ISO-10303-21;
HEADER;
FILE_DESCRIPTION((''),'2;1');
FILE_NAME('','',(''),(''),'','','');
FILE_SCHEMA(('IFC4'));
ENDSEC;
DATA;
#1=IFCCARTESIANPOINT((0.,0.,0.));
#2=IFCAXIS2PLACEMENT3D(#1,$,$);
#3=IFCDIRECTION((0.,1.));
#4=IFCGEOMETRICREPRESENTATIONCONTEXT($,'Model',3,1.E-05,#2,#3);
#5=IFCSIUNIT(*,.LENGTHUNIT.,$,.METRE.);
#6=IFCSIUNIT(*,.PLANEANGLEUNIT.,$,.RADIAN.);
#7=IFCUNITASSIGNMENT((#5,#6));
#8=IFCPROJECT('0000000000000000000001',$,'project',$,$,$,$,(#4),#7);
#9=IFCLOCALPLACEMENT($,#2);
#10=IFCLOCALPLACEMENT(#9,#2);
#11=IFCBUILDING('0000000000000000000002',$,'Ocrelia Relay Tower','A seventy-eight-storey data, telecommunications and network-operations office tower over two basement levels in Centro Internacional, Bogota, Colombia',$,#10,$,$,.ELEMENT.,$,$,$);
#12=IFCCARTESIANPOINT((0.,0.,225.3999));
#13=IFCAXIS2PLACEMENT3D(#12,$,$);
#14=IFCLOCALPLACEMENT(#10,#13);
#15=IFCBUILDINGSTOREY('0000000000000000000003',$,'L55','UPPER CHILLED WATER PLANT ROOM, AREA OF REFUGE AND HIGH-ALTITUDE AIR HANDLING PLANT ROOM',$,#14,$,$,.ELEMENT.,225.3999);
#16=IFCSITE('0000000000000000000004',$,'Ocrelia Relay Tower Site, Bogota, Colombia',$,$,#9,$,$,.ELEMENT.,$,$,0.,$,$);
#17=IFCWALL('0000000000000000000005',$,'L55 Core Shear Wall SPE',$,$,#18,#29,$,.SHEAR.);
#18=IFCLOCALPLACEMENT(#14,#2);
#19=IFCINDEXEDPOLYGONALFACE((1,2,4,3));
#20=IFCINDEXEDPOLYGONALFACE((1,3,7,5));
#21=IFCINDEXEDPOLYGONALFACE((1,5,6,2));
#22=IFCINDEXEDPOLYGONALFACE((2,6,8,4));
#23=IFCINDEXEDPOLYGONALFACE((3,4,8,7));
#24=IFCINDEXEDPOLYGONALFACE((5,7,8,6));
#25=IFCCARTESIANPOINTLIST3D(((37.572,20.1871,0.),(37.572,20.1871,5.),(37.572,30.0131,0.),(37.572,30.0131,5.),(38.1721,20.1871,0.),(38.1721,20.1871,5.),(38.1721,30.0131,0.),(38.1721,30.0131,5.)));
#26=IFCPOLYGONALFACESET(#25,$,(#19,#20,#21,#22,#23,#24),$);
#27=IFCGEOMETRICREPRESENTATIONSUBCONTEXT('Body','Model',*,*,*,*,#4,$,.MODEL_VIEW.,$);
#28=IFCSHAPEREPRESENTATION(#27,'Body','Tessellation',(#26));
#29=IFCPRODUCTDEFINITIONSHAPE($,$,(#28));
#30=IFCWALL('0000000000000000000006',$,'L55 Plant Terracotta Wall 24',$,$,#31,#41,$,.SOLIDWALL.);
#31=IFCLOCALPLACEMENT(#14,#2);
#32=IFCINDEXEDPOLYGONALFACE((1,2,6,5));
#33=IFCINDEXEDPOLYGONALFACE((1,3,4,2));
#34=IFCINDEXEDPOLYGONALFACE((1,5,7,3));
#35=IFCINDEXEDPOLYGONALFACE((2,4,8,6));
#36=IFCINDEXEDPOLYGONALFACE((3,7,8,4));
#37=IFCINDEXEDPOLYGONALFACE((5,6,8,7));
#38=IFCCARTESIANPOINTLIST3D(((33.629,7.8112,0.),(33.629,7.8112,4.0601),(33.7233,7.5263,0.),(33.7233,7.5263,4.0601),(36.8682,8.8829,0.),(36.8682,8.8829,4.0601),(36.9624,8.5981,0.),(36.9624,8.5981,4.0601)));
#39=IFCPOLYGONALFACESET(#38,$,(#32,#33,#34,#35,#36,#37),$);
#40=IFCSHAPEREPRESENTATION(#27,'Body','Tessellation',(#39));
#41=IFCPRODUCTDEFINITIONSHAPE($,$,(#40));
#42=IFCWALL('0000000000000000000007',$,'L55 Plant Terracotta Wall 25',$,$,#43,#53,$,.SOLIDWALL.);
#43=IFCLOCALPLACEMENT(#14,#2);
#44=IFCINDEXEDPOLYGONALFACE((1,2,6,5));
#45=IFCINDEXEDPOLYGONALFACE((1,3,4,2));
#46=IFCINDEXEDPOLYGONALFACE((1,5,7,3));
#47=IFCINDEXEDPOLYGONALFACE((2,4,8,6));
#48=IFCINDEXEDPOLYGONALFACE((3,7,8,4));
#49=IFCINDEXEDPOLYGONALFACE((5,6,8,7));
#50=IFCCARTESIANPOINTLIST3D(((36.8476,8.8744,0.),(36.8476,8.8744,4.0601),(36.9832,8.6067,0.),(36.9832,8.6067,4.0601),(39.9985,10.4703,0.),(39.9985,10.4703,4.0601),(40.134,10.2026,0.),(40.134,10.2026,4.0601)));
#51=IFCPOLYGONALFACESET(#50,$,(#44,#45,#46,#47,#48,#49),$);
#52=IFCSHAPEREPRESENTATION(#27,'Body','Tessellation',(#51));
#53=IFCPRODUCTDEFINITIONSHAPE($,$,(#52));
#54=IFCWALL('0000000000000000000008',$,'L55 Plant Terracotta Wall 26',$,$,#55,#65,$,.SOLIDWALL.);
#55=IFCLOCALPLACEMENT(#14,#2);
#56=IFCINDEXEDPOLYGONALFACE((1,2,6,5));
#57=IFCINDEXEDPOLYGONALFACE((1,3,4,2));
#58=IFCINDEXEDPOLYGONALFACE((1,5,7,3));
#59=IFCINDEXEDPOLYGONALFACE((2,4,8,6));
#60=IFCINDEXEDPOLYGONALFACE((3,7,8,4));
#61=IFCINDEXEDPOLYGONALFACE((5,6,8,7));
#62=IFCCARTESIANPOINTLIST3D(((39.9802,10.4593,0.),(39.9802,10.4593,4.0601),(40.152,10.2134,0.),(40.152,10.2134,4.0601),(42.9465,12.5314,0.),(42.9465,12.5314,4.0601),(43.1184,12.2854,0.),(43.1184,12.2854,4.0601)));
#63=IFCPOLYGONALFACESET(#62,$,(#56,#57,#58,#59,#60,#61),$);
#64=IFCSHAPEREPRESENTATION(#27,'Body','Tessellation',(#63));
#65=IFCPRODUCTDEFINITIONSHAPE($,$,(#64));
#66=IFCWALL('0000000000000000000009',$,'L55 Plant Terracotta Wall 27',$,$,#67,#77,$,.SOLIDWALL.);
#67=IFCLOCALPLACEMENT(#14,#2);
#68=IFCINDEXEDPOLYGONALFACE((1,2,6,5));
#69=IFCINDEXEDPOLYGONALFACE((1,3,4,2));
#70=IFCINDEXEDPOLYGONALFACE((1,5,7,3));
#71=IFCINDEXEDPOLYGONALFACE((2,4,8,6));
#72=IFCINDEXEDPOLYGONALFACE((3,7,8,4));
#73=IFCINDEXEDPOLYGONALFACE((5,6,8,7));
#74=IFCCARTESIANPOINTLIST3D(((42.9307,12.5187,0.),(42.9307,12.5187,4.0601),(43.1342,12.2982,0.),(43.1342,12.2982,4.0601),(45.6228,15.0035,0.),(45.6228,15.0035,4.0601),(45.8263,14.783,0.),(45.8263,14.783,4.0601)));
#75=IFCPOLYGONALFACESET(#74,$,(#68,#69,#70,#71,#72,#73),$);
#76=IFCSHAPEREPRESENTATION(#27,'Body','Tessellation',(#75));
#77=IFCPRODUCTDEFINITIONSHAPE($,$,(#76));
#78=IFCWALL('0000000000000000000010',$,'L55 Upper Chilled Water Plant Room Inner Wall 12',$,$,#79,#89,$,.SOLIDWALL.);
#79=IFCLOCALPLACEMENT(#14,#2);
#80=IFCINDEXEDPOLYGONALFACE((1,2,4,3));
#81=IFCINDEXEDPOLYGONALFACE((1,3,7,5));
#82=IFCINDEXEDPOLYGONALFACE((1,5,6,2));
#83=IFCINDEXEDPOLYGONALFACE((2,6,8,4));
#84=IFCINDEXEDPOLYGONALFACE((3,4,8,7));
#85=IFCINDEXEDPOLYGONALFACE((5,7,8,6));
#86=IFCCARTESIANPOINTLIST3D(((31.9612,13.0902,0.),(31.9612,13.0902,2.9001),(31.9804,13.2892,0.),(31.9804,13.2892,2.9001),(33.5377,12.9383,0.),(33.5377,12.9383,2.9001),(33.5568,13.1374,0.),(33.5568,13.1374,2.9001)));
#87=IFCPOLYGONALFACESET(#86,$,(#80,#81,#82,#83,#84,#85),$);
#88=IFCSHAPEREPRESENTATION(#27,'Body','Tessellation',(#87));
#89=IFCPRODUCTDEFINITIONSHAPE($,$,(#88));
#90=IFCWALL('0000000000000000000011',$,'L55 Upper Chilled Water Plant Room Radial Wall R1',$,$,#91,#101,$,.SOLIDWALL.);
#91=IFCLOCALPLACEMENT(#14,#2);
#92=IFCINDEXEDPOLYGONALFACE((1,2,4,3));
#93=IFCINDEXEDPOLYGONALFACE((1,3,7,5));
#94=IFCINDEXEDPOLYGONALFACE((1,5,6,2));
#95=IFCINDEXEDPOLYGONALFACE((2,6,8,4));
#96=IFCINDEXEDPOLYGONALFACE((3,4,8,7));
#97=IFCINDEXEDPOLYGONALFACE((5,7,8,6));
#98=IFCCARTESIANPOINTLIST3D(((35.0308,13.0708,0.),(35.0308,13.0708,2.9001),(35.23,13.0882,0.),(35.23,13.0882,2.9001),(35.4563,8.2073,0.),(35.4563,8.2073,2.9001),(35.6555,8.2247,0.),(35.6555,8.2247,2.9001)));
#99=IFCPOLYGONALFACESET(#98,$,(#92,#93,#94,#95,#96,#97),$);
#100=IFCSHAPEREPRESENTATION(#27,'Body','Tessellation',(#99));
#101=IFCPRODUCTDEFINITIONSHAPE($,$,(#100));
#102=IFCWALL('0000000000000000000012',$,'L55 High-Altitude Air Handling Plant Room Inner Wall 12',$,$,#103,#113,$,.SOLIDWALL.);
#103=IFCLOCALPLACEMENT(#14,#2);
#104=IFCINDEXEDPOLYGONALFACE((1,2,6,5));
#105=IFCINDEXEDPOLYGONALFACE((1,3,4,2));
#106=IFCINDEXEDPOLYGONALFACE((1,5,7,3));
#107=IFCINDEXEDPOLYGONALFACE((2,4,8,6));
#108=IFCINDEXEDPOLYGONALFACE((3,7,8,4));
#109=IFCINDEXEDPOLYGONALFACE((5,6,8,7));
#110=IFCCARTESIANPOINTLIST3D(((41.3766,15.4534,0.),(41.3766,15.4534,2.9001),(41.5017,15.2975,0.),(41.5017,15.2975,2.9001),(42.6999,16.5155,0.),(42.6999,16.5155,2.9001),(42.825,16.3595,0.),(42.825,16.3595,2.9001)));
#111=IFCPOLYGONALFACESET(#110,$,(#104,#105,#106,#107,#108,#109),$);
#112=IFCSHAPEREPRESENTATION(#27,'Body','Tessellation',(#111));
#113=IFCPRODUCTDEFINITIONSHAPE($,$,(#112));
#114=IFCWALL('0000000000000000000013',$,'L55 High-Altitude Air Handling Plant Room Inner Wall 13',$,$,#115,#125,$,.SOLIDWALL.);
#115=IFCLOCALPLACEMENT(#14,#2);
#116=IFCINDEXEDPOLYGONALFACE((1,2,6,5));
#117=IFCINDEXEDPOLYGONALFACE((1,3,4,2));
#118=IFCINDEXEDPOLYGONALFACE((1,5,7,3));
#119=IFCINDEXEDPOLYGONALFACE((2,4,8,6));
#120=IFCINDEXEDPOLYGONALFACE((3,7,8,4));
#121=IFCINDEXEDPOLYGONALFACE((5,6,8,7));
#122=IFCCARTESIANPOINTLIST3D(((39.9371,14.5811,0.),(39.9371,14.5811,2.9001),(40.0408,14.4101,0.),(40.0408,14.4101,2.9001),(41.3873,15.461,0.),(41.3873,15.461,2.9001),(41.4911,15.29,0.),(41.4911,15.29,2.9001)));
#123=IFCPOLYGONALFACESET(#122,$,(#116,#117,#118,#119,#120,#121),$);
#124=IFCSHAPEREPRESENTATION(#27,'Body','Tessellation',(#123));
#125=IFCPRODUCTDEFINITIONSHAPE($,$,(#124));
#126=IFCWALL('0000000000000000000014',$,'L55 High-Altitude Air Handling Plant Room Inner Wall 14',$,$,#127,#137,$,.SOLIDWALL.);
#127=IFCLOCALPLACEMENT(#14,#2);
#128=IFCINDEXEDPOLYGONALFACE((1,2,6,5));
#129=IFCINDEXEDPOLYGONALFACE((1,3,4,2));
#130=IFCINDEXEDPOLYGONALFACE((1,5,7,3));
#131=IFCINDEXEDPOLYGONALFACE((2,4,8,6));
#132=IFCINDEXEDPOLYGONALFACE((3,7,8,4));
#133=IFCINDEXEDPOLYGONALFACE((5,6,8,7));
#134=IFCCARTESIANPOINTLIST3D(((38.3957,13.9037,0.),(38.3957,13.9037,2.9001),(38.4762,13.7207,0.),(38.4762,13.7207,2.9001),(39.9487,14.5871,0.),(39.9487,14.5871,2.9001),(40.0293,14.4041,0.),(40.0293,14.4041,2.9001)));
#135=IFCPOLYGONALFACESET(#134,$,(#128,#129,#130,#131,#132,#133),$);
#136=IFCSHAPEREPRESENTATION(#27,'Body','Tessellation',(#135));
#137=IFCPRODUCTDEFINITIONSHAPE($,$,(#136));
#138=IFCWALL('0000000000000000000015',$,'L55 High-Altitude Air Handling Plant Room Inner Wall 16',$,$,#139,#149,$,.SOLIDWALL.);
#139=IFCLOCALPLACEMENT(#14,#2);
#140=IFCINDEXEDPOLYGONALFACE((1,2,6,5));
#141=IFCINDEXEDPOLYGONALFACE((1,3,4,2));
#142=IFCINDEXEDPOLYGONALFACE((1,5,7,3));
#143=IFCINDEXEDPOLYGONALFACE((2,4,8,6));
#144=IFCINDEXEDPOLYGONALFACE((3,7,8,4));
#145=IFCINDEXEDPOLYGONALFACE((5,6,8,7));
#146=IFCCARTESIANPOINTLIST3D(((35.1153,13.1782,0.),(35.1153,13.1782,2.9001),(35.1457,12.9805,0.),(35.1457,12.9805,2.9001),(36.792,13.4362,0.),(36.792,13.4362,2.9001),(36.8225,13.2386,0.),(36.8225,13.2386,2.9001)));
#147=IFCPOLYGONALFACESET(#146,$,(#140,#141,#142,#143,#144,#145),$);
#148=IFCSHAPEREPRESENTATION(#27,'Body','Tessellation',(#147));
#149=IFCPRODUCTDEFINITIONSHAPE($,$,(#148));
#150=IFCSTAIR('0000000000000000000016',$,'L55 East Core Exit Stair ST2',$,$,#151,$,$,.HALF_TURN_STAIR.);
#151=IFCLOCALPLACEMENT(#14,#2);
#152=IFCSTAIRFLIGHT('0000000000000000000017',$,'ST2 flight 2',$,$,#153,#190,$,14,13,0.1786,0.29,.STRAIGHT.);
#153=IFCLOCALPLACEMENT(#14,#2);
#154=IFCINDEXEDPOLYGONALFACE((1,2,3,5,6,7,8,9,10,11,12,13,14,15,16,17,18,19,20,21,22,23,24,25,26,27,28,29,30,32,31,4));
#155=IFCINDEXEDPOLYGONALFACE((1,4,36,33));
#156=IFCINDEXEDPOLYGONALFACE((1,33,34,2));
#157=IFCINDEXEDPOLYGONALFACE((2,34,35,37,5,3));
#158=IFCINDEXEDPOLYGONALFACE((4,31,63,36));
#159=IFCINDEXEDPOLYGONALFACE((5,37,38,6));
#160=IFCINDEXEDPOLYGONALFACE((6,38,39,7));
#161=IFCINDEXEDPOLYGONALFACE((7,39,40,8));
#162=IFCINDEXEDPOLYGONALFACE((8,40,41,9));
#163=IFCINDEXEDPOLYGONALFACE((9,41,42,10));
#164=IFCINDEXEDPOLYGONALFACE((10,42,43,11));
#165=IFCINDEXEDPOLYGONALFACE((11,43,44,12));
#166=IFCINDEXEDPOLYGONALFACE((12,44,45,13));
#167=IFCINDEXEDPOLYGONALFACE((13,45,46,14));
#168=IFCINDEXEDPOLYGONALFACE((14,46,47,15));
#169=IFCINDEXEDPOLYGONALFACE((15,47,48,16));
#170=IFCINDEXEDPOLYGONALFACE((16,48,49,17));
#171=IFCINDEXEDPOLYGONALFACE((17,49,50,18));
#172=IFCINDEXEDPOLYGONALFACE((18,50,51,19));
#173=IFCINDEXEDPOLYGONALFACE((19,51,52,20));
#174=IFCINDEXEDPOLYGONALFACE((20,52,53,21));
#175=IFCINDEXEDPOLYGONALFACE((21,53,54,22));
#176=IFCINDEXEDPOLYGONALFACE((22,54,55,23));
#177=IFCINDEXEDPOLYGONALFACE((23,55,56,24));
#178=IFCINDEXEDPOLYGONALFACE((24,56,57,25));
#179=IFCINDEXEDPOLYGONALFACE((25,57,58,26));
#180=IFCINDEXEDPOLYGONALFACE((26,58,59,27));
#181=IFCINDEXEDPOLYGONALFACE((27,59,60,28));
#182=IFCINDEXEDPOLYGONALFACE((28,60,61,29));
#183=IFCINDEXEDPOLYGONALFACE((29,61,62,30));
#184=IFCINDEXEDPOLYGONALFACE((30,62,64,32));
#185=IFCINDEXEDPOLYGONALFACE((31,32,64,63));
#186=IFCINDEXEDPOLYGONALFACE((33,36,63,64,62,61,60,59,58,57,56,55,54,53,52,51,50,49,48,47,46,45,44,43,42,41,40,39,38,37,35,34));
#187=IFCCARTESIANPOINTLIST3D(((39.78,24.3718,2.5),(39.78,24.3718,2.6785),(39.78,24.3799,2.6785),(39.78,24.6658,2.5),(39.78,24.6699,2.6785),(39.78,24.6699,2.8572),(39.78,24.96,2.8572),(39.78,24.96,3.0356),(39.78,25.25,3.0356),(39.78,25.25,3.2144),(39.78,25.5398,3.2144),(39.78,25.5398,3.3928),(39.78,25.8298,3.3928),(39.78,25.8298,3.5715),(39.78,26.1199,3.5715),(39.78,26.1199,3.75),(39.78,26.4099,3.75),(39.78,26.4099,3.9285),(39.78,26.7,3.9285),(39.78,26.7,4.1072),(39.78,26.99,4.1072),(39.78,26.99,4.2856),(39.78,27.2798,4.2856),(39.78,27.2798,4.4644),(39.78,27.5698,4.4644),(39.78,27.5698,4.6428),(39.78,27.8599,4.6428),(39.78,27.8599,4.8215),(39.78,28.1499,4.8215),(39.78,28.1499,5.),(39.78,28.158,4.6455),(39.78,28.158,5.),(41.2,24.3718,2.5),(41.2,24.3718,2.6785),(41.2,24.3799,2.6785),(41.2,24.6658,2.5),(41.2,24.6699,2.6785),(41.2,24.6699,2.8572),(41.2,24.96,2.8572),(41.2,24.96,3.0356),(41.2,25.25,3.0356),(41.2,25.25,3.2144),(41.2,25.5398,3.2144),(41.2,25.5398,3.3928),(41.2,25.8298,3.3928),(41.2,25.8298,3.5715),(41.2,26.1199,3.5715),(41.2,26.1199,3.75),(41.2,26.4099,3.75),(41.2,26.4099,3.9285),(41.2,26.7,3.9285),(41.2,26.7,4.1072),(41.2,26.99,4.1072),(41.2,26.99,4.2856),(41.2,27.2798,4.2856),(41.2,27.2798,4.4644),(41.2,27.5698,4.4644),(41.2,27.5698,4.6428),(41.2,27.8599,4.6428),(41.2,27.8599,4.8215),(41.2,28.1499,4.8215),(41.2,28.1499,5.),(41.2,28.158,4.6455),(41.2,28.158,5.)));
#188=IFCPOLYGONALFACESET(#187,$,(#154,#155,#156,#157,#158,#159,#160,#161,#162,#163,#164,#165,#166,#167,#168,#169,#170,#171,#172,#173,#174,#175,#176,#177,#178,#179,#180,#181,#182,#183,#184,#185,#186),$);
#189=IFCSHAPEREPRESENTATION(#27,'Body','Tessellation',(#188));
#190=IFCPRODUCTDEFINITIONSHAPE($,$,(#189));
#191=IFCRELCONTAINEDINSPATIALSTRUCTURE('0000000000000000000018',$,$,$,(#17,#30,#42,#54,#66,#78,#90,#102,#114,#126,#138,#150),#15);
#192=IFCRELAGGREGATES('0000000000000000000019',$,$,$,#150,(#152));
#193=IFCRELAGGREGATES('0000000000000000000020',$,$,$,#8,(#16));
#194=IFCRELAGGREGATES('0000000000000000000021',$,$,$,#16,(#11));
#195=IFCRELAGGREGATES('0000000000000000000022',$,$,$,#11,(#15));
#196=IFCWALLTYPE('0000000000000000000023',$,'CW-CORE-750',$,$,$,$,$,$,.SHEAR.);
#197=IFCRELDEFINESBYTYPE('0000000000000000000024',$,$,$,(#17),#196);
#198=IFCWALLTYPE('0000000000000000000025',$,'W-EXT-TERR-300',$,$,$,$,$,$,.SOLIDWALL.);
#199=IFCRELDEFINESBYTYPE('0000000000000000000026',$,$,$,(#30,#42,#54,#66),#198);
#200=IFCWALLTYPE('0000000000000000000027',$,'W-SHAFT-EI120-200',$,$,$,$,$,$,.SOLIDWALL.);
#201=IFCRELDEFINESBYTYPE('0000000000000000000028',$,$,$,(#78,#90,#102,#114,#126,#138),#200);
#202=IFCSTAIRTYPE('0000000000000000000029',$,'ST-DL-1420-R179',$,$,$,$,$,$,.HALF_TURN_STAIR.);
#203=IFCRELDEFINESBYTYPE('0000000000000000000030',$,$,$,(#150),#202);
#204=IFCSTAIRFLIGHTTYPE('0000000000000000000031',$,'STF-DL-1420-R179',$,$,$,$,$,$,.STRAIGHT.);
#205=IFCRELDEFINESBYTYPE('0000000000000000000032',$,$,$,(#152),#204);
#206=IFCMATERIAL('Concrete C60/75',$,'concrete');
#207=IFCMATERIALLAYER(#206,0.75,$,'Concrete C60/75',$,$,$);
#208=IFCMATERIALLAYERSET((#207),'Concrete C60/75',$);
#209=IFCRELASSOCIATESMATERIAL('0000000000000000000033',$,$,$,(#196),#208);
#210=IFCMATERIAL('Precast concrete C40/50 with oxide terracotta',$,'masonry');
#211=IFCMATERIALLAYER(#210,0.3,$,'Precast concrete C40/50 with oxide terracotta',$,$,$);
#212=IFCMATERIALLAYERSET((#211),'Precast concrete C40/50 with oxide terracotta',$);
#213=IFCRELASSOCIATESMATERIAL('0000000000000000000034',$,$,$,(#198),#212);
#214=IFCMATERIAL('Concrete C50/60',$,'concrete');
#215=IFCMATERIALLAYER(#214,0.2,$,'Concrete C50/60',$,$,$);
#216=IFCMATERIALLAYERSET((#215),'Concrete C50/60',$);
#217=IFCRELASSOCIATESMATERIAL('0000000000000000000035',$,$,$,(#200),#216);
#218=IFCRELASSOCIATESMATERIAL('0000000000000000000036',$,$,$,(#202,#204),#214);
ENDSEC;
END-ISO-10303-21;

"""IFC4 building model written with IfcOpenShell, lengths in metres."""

from ifc_helpers import new_model, si_unit, direction, frame, frame_2d, origin, place, context, subcontext, project, spatial, polyline, rectangle, outline, extrude, material, layer, layer_set, type_object, element, aggregate, save


model = new_model("IFC4")

# Units and contexts
model_context = context("Model", 3, precision=1e-05, world=origin(), true_north=direction((0.0, 1.0)))
body_context = subcontext(model_context, "Body", "Model", "MODEL_VIEW")
ifc_project = project(units=[si_unit("LENGTHUNIT", "METRE"), si_unit("PLANEANGLEUNIT", "RADIAN")], contexts=[model_context])

# Site, building, storey
site_placement = place(None, origin())
site = spatial("IfcSite", under=ifc_project, at=site_placement, Name="Ocrelia Relay Tower Site, Bogota, Colombia", CompositionType="ELEMENT", RefElevation=0.0)
building_placement = place(site_placement, origin())
building = spatial("IfcBuilding", under=site, at=building_placement, Name="Ocrelia Relay Tower", Description="A seventy-eight-storey data, telecommunications and network-operations office tower over two basement levels in Centro Internacional, Bogota, Colombia", CompositionType="ELEMENT")
storey_placement = place(building_placement, frame((0.0, 0.0, 225.3999)))
storey = spatial("IfcBuildingStorey", under=building, at=storey_placement, Name="L55", Description="UPPER CHILLED WATER PLANT ROOM, AREA OF REFUGE AND HIGH-ALTITUDE AIR HANDLING PLANT ROOM", CompositionType="ELEMENT", Elevation=225.3999)

# Shared definitions
ifc_material_1 = material(Name="Concrete C60/75", Category="concrete")

# Walls
ifc_layer_1 = layer(ifc_material_1, 0.75, Name="Concrete C60/75")
ifc_layer_set_1 = layer_set([ifc_layer_1], Name="Concrete C60/75")
wall_type_1 = type_object("IfcWallType", Name="CW-CORE-750", PredefinedType="SHEAR", material=ifc_layer_set_1)
wall_1_placement = place(storey_placement, frame((37.8721, 20.187, 0.0), z_axis=(0.0, 0.0, 1.0), x_axis=(0.0, 1.0, 0.0)))
element("IfcWall", 1, at=wall_1_placement, inside=storey, type_object=wall_type_1, Name="L55 Core Shear Wall SPE", PredefinedType="SHEAR", context=body_context, shape_type="SweptSolid", body=[
    extrude(rectangle(XDim=9.8259, YDim=0.6001, at=frame_2d((4.9131, 0.0))), origin(), (0.0, 0.0, 1.0), 5.0),
])
ifc_material_2 = material(Name="Precast concrete C40/50 with oxide terracotta", Category="masonry")
ifc_layer_2 = layer(ifc_material_2, 0.3, Name="Precast concrete C40/50 with oxide terracotta")
ifc_layer_set_2 = layer_set([ifc_layer_2], Name="Precast concrete C40/50 with oxide terracotta")
wall_type_2 = type_object("IfcWallType", Name="W-EXT-TERR-300", PredefinedType="SOLIDWALL", material=ifc_layer_set_2)
wall_2_placement = place(storey_placement, frame((33.676, 7.6687, 0.0), z_axis=(0.0, 0.0, 1.0), x_axis=(0.949382, 0.314123, 0.0)))
element("IfcWall", 2, at=wall_2_placement, inside=storey, type_object=wall_type_2, Name="L55 Plant Terracotta Wall 24", PredefinedType="SOLIDWALL", context=body_context, shape_type="SweptSolid", body=[
    extrude(rectangle(XDim=3.4119, YDim=0.3, at=frame_2d((1.7061, 0.0))), origin(), (0.0, 0.0, 1.0), 4.0601),
])
wall_3_placement = place(storey_placement, frame((36.9153, 8.7405, 0.0), z_axis=(0.0, 0.0, 1.0), x_axis=(0.892093, 0.451853, 0.0)))
element("IfcWall", 3, at=wall_3_placement, inside=storey, type_object=wall_type_2, Name="L55 Plant Terracotta Wall 25", PredefinedType="SOLIDWALL", context=body_context, shape_type="SweptSolid", body=[
    extrude(rectangle(XDim=3.532, YDim=0.3, at=frame_2d((1.7661, 0.0))), origin(), (0.0, 0.0, 1.0), 4.0601),
])
wall_4_placement = place(storey_placement, frame((40.0662, 10.3364, 0.0), z_axis=(0.0, 0.0, 1.0), x_axis=(0.819802, 0.572647, 0.0)))
element("IfcWall", 4, at=wall_4_placement, inside=storey, type_object=wall_type_2, Name="L55 Plant Terracotta Wall 26", PredefinedType="SOLIDWALL", context=body_context, shape_type="SweptSolid", body=[
    extrude(rectangle(XDim=3.6184, YDim=0.3, at=frame_2d((1.8091, 0.0))), origin(), (0.0, 0.0, 1.0), 4.0601),
])
wall_5_placement = place(storey_placement, frame((43.0325, 12.4084, 0.0), z_axis=(0.0, 0.0, 1.0), x_axis=(0.734829, 0.678252, 0.0)))
element("IfcWall", 5, at=wall_5_placement, inside=storey, type_object=wall_type_2, Name="L55 Plant Terracotta Wall 27", PredefinedType="SOLIDWALL", context=body_context, shape_type="SweptSolid", body=[
    extrude(rectangle(XDim=3.6636, YDim=0.3, at=frame_2d((1.8318, 0.0))), origin(), (0.0, 0.0, 1.0), 4.0601),
])

# Shared definitions
ifc_material_3 = material(Name="Concrete C50/60", Category="concrete")
ifc_layer_3 = layer(ifc_material_3, 0.2, Name="Concrete C50/60")
ifc_layer_set_3 = layer_set([ifc_layer_3], Name="Concrete C50/60")
wall_type_3 = type_object("IfcWallType", Name="W-SHAFT-EI120-200", PredefinedType="SOLIDWALL", material=ifc_layer_set_3)

# Walls
wall_6_placement = place(storey_placement, frame((33.5474, 13.0378, 0.0), z_axis=(0.0, 0.0, 1.0), x_axis=(-0.995392, 0.095886, 0.0)))
element("IfcWall", 6, at=wall_6_placement, inside=storey, type_object=wall_type_3, Name="L55 Upper Chilled Water Plant Room Inner Wall 12", PredefinedType="SOLIDWALL", context=body_context, shape_type="SweptSolid", body=[
    extrude(rectangle(XDim=1.5837, YDim=0.2, at=frame_2d((0.792, 0.0))), origin(), (0.0, 0.0, 1.0), 2.9001),
])
wall_7_placement = place(storey_placement, frame((35.1304, 13.0793, 0.0), z_axis=(0.0, 0.0, 1.0), x_axis=(0.087163, -0.996194, 0.0)))
element("IfcWall", 7, at=wall_7_placement, inside=storey, type_object=wall_type_3, Name="L55 Upper Chilled Water Plant Room Radial Wall R1", PredefinedType="SOLIDWALL", context=body_context, shape_type="SweptSolid", body=[
    extrude(rectangle(XDim=4.8821, YDim=0.2, at=frame_2d((2.4409, 0.0))), origin(), (0.0, 0.0, 1.0), 2.9001),
])
wall_8_placement = place(storey_placement, frame((42.7625, 16.4375, 0.0), z_axis=(0.0, 0.0, 1.0), x_axis=(-0.779885, -0.625923, 0.0)))
element("IfcWall", 8, at=wall_8_placement, inside=storey, type_object=wall_type_3, Name="L55 High-Altitude Air Handling Plant Room Inner Wall 12", PredefinedType="SOLIDWALL", context=body_context, shape_type="SweptSolid", body=[
    extrude(rectangle(XDim=1.6968, YDim=0.2, at=frame_2d((0.8484, 0.0))), origin(), (0.0, 0.0, 1.0), 2.9001),
])
wall_9_placement = place(storey_placement, frame((41.4392, 15.3755, 0.0), z_axis=(0.0, 0.0, 1.0), x_axis=(-0.854943, -0.518723, 0.0)))
element("IfcWall", 9, at=wall_9_placement, inside=storey, type_object=wall_type_3, Name="L55 High-Altitude Air Handling Plant Room Inner Wall 13", PredefinedType="SOLIDWALL", context=body_context, shape_type="SweptSolid", body=[
    extrude(rectangle(XDim=1.6963, YDim=0.2, at=frame_2d((0.8481, 0.0))), origin(), (0.0, 0.0, 1.0), 2.9001),
])
wall_10_placement = place(storey_placement, frame((39.989, 14.4956, 0.0), z_axis=(0.0, 0.0, 1.0), x_axis=(-0.915307, -0.402758, 0.0)))
element("IfcWall", 10, at=wall_10_placement, inside=storey, type_object=wall_type_3, Name="L55 High-Altitude Air Handling Plant Room Inner Wall 14", PredefinedType="SOLIDWALL", context=body_context, shape_type="SweptSolid", body=[
    extrude(rectangle(XDim=1.6968, YDim=0.2, at=frame_2d((0.8484, 0.0))), origin(), (0.0, 0.0, 1.0), 2.9001),
])

# Wall
wall_11_placement = place(storey_placement, frame((36.8071, 13.3374, 0.0), z_axis=(0.0, 0.0, 1.0), x_axis=(-0.988363, -0.152111, 0.0)))
element("IfcWall", 11, at=wall_11_placement, inside=storey, type_object=wall_type_3, Name="L55 High-Altitude Air Handling Plant Room Inner Wall 16", PredefinedType="SOLIDWALL", context=body_context, shape_type="SweptSolid", body=[
    extrude(rectangle(XDim=1.6965, YDim=0.2, at=frame_2d((0.8481, 0.0))), origin(), (0.0, 0.0, 1.0), 2.9001),
])

# Stair, stair flight
stair_type = type_object("IfcStairType", Name="ST-DL-1420-R179", PredefinedType="HALF_TURN_STAIR", material=ifc_material_3)
stair_placement = place(storey_placement, origin())
stair = element("IfcStair", 12, at=stair_placement, inside=storey, type_object=stair_type, Name="L55 East Core Exit Stair ST2", PredefinedType="HALF_TURN_STAIR")
stair_flight_type = type_object("IfcStairFlightType", Name="STF-DL-1420-R179", PredefinedType="STRAIGHT", material=ifc_material_3)
stair_flight_placement = place(storey_placement, frame((40.49, 24.3799, 2.5), z_axis=(0.0, 0.0, 1.0), x_axis=(0.0, 1.0, 0.0)))
stair_flight = element("IfcStairFlight", 13, at=stair_flight_placement, type_object=stair_flight_type, Name="ST2 flight 2", NumberOfRisers=14, NumberOfTreads=13, PredefinedType="STRAIGHT", RiserHeight=0.1786, TreadLength=0.29, context=body_context, shape_type="SweptSolid", body=[
    extrude(outline(polyline([(-0.0081, 0.0), (-0.0081, 0.1785), (0.0, 0.1785), (0.29, 0.1785), (0.29, 0.3572), (0.5801, 0.3572), (0.5801, 0.5356), (0.8701, 0.5356), (0.8701, 0.7144), (1.1599, 0.7144), (1.1599, 0.8928), (1.45, 0.8928), (1.45, 1.0715), (1.74, 1.0715), (1.74, 1.25), (2.03, 1.25), (2.03, 1.4285), (2.3201, 1.4285), (2.3201, 1.6072), (2.6101, 1.6072), (2.6101, 1.7856), (2.8999, 1.7856), (2.8999, 1.9644), (3.1899, 1.9644), (3.1899, 2.1428), (3.48, 2.1428), (3.48, 2.3215), (3.77, 2.3215), (3.77, 2.5), (3.7781, 2.5), (3.7781, 2.1455), (0.2859, 0.0), (-0.0081, 0.0)])), frame((0.0, 0.71, 0.0), z_axis=(0.0, -1.0, 0.0), x_axis=(1.0, 0.0, 0.0)), (0.0, 0.0, 1.0), 1.4199),
])
aggregate(stair, [stair_flight])

save(model, "model.ifc")
